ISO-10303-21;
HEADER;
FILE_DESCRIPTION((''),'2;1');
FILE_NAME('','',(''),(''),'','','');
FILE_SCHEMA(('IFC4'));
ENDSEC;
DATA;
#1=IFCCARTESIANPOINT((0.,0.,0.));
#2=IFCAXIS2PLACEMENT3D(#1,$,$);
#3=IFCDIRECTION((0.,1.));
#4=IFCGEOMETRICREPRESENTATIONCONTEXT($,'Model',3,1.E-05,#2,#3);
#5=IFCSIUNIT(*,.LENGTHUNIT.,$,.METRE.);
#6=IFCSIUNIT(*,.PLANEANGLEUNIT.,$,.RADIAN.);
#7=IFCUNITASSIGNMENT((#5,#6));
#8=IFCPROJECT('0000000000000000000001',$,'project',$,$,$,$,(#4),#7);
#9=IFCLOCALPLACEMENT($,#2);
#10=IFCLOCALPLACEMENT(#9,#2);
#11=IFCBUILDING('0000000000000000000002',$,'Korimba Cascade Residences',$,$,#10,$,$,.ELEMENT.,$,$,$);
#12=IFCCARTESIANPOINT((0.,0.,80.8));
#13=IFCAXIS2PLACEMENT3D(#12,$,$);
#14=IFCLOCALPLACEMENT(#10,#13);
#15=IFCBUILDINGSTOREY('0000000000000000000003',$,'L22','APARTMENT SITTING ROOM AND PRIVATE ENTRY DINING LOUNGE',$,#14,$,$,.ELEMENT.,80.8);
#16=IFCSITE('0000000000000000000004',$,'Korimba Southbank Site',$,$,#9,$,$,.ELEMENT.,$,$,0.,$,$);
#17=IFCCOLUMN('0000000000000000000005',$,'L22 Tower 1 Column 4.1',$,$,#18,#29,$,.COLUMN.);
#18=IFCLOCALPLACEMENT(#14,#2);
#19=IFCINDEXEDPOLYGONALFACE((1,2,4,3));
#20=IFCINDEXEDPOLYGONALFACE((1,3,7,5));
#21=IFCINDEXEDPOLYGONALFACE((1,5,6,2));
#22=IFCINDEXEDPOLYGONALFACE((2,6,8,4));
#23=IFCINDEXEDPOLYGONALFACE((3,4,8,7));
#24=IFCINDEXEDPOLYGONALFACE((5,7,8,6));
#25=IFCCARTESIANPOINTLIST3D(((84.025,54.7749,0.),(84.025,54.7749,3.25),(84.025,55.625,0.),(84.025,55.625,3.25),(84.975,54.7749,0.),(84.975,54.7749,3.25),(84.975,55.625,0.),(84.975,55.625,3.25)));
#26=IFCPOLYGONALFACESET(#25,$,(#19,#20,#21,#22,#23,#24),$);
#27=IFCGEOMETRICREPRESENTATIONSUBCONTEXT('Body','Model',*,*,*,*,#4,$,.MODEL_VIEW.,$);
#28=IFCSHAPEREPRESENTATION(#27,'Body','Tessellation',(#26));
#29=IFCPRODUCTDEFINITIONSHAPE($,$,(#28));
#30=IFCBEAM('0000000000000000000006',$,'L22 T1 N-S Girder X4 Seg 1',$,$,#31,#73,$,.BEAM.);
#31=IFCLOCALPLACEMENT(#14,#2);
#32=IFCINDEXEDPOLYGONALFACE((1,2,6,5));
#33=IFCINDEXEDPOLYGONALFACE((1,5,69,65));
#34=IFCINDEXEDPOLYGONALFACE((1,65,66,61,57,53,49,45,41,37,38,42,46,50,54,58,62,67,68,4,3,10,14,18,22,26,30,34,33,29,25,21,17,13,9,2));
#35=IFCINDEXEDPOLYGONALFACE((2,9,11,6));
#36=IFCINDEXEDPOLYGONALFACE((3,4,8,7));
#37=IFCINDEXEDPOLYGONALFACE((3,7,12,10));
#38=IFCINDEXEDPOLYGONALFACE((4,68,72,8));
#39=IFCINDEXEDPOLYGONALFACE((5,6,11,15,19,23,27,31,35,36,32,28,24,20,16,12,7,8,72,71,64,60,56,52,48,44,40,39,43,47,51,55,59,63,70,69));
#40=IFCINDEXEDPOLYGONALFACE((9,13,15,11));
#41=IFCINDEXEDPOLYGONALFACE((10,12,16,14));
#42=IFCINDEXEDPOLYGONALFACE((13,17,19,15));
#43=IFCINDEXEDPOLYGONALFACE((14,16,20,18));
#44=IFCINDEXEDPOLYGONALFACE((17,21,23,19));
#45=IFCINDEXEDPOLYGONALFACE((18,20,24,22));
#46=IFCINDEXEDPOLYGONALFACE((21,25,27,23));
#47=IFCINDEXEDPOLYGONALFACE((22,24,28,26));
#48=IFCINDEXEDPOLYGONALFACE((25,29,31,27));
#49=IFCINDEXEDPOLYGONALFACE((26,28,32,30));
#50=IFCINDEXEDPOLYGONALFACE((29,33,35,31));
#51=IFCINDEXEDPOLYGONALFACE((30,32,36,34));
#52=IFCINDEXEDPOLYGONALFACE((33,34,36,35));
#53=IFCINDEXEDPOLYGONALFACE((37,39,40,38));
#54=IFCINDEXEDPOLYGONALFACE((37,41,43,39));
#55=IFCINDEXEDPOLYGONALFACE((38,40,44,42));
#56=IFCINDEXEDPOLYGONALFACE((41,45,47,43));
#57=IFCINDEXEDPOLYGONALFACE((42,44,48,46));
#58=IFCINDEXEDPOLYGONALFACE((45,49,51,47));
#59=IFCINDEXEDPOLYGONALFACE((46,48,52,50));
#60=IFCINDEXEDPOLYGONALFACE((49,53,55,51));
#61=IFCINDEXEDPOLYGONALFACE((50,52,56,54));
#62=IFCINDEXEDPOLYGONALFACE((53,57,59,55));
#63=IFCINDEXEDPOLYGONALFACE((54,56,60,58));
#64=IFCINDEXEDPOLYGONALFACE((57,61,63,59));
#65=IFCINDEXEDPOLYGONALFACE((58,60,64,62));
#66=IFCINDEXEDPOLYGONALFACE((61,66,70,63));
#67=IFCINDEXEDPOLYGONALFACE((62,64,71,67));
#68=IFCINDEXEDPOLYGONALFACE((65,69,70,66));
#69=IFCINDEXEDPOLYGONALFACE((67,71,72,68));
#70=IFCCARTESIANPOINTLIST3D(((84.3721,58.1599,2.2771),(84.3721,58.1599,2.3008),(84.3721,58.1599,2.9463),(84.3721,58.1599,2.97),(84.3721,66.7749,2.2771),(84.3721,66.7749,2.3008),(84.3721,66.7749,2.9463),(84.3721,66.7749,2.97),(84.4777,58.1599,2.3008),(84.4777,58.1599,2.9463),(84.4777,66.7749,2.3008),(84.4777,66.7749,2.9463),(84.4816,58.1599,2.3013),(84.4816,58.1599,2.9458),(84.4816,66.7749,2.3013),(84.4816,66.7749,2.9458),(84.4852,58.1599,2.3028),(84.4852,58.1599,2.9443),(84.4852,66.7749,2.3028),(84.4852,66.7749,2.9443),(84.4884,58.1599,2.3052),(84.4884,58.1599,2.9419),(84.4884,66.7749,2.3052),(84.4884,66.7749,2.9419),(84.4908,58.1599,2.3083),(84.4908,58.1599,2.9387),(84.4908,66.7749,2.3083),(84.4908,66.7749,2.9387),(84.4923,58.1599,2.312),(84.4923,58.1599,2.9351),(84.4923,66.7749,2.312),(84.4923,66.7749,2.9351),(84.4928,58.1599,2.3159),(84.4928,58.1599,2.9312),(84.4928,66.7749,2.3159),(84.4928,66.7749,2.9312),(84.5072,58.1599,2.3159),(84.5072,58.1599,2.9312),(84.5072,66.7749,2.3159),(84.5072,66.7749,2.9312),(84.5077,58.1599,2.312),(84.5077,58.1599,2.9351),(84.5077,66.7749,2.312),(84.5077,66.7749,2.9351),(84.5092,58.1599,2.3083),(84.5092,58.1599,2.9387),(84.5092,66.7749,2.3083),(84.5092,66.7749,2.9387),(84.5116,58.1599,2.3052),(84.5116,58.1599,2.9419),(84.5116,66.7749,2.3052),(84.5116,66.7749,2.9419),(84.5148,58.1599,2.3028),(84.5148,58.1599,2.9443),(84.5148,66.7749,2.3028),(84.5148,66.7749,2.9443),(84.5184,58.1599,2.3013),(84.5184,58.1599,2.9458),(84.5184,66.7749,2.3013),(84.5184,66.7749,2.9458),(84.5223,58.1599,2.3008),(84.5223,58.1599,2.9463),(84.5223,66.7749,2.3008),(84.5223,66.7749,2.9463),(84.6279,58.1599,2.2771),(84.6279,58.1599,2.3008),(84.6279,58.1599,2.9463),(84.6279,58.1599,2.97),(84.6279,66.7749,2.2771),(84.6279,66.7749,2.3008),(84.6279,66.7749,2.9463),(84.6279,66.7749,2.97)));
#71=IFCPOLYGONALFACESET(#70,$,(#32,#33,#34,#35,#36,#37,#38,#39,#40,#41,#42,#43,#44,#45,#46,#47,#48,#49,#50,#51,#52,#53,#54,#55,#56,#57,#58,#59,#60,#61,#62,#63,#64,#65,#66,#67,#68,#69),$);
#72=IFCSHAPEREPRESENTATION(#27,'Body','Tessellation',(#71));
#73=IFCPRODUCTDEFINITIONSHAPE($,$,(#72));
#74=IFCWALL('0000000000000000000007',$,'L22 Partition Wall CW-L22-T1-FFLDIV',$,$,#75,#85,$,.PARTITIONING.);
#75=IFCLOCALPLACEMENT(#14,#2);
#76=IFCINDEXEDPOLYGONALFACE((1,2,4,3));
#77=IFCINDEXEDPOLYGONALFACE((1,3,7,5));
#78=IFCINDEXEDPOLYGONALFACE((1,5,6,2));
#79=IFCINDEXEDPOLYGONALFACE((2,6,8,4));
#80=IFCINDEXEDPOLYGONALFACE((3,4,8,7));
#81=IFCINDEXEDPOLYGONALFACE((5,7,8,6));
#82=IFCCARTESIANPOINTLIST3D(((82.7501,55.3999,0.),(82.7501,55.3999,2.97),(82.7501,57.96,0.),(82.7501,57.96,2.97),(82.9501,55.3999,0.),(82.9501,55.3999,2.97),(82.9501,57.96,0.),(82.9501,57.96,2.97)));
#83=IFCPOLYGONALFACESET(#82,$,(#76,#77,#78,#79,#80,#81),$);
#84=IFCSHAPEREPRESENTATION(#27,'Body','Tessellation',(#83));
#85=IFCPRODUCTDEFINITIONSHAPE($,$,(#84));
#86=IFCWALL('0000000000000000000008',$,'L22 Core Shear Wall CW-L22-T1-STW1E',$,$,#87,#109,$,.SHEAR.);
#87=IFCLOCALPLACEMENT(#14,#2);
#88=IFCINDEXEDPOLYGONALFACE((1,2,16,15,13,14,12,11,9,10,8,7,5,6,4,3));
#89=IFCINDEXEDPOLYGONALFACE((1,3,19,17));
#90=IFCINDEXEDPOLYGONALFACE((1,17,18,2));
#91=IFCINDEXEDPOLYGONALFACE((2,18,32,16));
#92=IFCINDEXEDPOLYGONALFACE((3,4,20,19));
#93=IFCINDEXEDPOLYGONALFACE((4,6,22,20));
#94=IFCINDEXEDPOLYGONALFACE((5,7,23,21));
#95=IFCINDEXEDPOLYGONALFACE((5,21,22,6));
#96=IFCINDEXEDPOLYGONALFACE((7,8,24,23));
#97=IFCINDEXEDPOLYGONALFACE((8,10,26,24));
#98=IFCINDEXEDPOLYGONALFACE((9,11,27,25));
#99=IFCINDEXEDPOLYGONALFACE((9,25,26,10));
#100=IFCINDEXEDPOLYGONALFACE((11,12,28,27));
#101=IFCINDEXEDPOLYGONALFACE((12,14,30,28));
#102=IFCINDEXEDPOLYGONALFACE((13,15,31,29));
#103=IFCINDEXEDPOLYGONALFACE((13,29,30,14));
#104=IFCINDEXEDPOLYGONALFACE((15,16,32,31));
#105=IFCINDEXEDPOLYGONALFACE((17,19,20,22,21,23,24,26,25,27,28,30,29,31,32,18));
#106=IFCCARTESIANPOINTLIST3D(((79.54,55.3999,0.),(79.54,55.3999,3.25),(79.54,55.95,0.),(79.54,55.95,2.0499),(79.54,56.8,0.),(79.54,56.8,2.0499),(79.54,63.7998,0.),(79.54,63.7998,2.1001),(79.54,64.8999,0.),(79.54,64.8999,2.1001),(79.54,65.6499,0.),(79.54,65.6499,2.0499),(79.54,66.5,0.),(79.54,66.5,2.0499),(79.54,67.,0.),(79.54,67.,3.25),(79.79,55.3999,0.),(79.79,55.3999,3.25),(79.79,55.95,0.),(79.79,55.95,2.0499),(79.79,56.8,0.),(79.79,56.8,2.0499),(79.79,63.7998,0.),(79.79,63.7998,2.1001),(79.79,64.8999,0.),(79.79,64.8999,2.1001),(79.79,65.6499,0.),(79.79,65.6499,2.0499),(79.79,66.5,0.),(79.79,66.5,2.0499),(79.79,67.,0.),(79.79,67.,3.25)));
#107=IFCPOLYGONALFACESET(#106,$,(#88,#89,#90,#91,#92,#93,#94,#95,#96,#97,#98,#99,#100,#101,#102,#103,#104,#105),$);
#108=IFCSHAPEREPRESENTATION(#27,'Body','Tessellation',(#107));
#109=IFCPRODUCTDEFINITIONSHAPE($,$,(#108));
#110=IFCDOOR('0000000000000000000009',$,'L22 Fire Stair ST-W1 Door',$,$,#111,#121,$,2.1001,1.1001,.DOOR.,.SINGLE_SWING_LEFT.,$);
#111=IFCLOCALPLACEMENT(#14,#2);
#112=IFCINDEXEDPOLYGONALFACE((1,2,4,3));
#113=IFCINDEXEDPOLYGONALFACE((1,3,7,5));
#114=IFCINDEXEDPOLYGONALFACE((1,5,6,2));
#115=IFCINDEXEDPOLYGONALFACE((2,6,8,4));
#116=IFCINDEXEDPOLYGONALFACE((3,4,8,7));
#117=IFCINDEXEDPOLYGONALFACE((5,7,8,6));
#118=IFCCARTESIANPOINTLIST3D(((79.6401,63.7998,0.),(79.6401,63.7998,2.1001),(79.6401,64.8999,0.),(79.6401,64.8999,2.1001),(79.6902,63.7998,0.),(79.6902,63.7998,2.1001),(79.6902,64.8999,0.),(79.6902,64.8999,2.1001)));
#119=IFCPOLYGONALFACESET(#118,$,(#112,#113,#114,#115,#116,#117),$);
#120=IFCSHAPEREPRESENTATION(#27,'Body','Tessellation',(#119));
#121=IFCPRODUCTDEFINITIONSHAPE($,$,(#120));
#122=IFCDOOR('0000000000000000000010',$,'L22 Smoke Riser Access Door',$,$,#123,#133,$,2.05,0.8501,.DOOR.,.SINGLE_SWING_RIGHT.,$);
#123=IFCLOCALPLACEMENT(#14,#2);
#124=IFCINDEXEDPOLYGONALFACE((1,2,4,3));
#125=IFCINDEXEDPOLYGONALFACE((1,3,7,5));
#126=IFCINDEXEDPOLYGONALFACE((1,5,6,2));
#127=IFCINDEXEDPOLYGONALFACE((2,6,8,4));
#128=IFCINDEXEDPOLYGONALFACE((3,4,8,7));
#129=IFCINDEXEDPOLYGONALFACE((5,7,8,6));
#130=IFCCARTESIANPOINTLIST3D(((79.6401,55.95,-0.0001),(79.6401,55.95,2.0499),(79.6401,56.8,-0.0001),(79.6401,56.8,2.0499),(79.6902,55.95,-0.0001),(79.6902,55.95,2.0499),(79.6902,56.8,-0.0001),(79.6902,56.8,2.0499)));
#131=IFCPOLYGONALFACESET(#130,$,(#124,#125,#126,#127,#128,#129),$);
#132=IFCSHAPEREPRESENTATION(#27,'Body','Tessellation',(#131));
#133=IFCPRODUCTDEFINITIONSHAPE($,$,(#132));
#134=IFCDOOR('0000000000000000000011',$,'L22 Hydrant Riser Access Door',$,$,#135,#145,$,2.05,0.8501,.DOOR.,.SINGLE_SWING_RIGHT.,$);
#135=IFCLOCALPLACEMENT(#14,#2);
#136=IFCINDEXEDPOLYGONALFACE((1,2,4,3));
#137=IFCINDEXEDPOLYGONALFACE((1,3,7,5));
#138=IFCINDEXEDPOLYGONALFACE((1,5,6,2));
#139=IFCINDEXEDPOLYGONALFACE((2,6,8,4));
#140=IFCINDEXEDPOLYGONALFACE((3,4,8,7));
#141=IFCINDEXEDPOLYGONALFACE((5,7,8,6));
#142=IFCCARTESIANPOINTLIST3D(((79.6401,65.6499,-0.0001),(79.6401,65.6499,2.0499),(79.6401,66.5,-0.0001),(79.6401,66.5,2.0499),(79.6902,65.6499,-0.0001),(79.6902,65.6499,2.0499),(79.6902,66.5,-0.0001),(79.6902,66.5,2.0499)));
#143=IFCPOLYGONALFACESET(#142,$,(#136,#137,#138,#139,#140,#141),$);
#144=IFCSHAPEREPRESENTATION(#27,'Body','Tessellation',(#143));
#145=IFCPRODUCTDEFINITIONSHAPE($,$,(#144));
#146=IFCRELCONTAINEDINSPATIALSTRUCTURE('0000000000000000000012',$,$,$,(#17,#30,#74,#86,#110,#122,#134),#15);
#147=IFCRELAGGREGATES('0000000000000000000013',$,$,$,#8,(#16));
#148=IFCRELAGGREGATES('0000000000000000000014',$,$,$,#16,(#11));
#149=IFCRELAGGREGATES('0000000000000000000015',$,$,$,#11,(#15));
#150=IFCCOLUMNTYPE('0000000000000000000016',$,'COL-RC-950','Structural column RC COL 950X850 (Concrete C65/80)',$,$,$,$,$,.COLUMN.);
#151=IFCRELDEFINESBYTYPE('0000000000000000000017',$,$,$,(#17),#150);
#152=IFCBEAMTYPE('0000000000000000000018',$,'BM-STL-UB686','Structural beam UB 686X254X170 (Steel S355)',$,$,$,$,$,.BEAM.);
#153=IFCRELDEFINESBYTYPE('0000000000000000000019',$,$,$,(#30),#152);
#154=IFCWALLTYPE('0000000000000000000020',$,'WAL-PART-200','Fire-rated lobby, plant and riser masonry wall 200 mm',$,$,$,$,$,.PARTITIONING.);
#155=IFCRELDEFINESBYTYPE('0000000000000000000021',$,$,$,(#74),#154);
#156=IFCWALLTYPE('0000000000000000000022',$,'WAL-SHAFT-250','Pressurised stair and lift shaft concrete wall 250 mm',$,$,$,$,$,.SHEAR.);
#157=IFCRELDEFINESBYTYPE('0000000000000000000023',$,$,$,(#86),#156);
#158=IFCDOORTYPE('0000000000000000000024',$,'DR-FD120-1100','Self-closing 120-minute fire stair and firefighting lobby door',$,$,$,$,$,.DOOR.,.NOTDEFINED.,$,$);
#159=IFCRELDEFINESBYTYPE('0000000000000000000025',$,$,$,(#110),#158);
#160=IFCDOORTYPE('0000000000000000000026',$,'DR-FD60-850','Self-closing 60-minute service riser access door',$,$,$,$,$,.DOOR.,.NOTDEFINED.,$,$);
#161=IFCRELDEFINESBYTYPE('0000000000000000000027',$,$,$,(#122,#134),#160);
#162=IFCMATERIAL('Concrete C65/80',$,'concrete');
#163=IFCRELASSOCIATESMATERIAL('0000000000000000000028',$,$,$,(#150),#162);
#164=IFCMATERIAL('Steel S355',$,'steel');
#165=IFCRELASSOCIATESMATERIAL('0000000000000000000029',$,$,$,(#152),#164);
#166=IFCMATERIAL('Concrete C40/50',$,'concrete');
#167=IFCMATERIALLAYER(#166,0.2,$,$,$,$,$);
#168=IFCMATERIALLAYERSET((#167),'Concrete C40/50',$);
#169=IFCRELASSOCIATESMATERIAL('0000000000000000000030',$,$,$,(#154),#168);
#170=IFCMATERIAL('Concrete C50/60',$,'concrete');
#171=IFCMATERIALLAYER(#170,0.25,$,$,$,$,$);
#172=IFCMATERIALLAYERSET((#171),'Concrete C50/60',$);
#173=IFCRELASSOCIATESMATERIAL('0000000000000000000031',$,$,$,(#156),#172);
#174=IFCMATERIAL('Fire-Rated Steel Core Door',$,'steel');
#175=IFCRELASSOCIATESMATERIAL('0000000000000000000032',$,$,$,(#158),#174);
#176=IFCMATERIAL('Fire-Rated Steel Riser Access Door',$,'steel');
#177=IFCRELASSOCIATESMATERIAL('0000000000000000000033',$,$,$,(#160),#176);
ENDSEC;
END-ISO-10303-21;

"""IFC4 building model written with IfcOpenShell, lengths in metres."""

from ifc_helpers import new_model, si_unit, direction, frame, frame_2d, origin, origin_2d, place, context, subcontext, project, spatial, rectangle, i_section, extrude, material, layer, layer_set, material_profile, profile_set, type_object, element, fill, save


model = new_model("IFC4")

# Units and contexts
model_context = context("Model", 3, precision=1e-05, world=origin(), true_north=direction((0.0, 1.0)))
body_context = subcontext(model_context, "Body", "Model", "MODEL_VIEW")
ifc_project = project(units=[si_unit("LENGTHUNIT", "METRE"), si_unit("PLANEANGLEUNIT", "RADIAN")], contexts=[model_context])

# Site, building, storey
site_placement = place(None, origin())
site = spatial("IfcSite", under=ifc_project, at=site_placement, Name="Korimba Southbank Site", CompositionType="ELEMENT", RefElevation=0.0)
building_placement = place(site_placement, origin())
building = spatial("IfcBuilding", under=site, at=building_placement, Name="Korimba Cascade Residences", CompositionType="ELEMENT")
storey_placement = place(building_placement, frame((0.0, 0.0, 80.8)))
storey = spatial("IfcBuildingStorey", under=building, at=storey_placement, Name="L22", Description="APARTMENT SITTING ROOM AND PRIVATE ENTRY DINING LOUNGE", CompositionType="ELEMENT", Elevation=80.8)

# Column
ifc_material_1 = material(Name="Concrete C65/80", Category="concrete")
ifc_material_profile_1 = material_profile(ifc_material_1, rectangle(XDim=0.95, YDim=0.8501, at=origin_2d()), Name="Concrete C65/80")
ifc_profile_set_1 = profile_set([ifc_material_profile_1], Name="Concrete C65/80")
column_type = type_object("IfcColumnType", Name="COL-RC-950", Description="Structural column RC COL 950X850 (Concrete C65/80)", PredefinedType="COLUMN", material=ifc_profile_set_1)
column_placement = place(storey_placement, frame((84.5, 55.2, 0.0), z_axis=(0.0, 0.0, 1.0), x_axis=(1.0, 0.0, 0.0)))
element("IfcColumn", 1, at=column_placement, inside=storey, type_object=column_type, Name="L22 Tower 1 Column 4.1", PredefinedType="COLUMN", context=body_context, shape_type="SweptSolid", body=[
    extrude(rectangle(XDim=0.95, YDim=0.8501, at=origin_2d()), origin(), (0.0, 0.0, 1.0), 3.25),
])

# Beam
ifc_material_2 = material(Name="Steel S355", Category="steel")
ifc_material_profile_2 = material_profile(ifc_material_2, i_section(OverallWidth=0.2559, OverallDepth=0.6929, WebThickness=0.0144, FlangeThickness=0.0237, FilletRadius=0.0151, at=origin_2d()), Name="Steel S355")
ifc_profile_set_2 = profile_set([ifc_material_profile_2], Name="Steel S355")
beam_type = type_object("IfcBeamType", Name="BM-STL-UB686", Description="Structural beam UB 686X254X170 (Steel S355)", PredefinedType="BEAM", material=ifc_profile_set_2)
beam_placement = place(storey_placement, frame((84.5, 58.1599, 2.6235), z_axis=(0.0, 1.0, 0.0), x_axis=(-1.0, 0.0, 0.0)))
element("IfcBeam", 2, at=beam_placement, inside=storey, type_object=beam_type, Name="L22 T1 N-S Girder X4 Seg 1", PredefinedType="BEAM", context=body_context, shape_type="SweptSolid", body=[
    extrude(i_section(OverallWidth=0.2559, OverallDepth=0.6929, WebThickness=0.0144, FlangeThickness=0.0237, FilletRadius=0.0151, at=origin_2d()), origin(), (0.0, 0.0, 1.0), 8.615),
])

# Wall
ifc_material_3 = material(Name="Concrete C40/50", Category="concrete")
ifc_layer_1 = layer(ifc_material_3, 0.2)
ifc_layer_set_1 = layer_set([ifc_layer_1], Name="Concrete C40/50")
wall_type_1 = type_object("IfcWallType", Name="WAL-PART-200", Description="Fire-rated lobby, plant and riser masonry wall 200 mm", PredefinedType="PARTITIONING", material=ifc_layer_set_1)
wall_1_placement = place(storey_placement, frame((82.8501, 55.3999, 0.0), z_axis=(0.0, 0.0, 1.0), x_axis=(0.0, 1.0, 0.0)))
element("IfcWall", 3, at=wall_1_placement, inside=storey, type_object=wall_type_1, Name="L22 Partition Wall CW-L22-T1-FFLDIV", PredefinedType="PARTITIONING", context=body_context, shape_type="SweptSolid", body=[
    extrude(rectangle(XDim=2.5601, YDim=0.2, at=frame_2d((1.28, 0.0))), origin(), (0.0, 0.0, 1.0), 2.97),
])

# Wall, openings, doors
ifc_material_4 = material(Name="Concrete C50/60", Category="concrete")
ifc_layer_2 = layer(ifc_material_4, 0.25)
ifc_layer_set_2 = layer_set([ifc_layer_2], Name="Concrete C50/60")
wall_type_2 = type_object("IfcWallType", Name="WAL-SHAFT-250", Description="Pressurised stair and lift shaft concrete wall 250 mm", PredefinedType="SHEAR", material=ifc_layer_set_2)
wall_2_placement = place(storey_placement, frame((79.665, 55.3999, 0.0), z_axis=(0.0, 0.0, 1.0), x_axis=(0.0, 1.0, 0.0)))
wall_2 = element("IfcWall", 4, at=wall_2_placement, inside=storey, type_object=wall_type_2, Name="L22 Core Shear Wall CW-L22-T1-STW1E", PredefinedType="SHEAR", context=body_context, shape_type="SweptSolid", body=[
    extrude(rectangle(XDim=11.6001, YDim=0.25, at=frame_2d((5.8, 0.0))), origin(), (0.0, 0.0, 1.0), 3.25),
])
opening_1_placement = place(wall_2_placement, frame((0.55, 0.0, 0.0)))
opening_1 = element("IfcOpeningElement", 5, at=opening_1_placement, cuts=wall_2, PredefinedType="OPENING", context=body_context, shape_type="SweptSolid", body=[
    extrude(rectangle(XDim=0.8501, YDim=2.05, at=frame_2d((0.425, 1.0249))), frame((0.0, 0.135, 0.0), z_axis=(0.0, -1.0, 0.0), x_axis=(1.0, 0.0, 0.0)), (0.0, 0.0, 1.0), 0.27),
])
opening_2_placement = place(wall_2_placement, frame((8.3999, 0.0, 0.0)))
opening_2 = element("IfcOpeningElement", 6, at=opening_2_placement, cuts=wall_2, PredefinedType="OPENING", context=body_context, shape_type="SweptSolid", body=[
    extrude(rectangle(XDim=1.1001, YDim=2.1001, at=frame_2d((0.55, 1.05))), frame((0.0, 0.135, 0.0), z_axis=(0.0, -1.0, 0.0), x_axis=(1.0, 0.0, 0.0)), (0.0, 0.0, 1.0), 0.27),
])
opening_3_placement = place(wall_2_placement, frame((10.25, 0.0, 0.0)))
opening_3 = element("IfcOpeningElement", 7, at=opening_3_placement, cuts=wall_2, PredefinedType="OPENING", context=body_context, shape_type="SweptSolid", body=[
    extrude(rectangle(XDim=0.8501, YDim=2.05, at=frame_2d((0.425, 1.0249))), frame((0.0, 0.135, 0.0), z_axis=(0.0, -1.0, 0.0), x_axis=(1.0, 0.0, 0.0)), (0.0, 0.0, 1.0), 0.27),
])
ifc_material_5 = material(Name="Fire-Rated Steel Core Door", Category="steel")
door_type_1 = type_object("IfcDoorType", Name="DR-FD120-1100", Description="Self-closing 120-minute fire stair and firefighting lobby door", OperationType="NOTDEFINED", PredefinedType="DOOR", material=ifc_material_5)
door_1_placement = place(opening_2_placement, origin())
door_1 = element("IfcDoor", 8, at=door_1_placement, inside=storey, type_object=door_type_1, Name="L22 Fire Stair ST-W1 Door", OperationType="SINGLE_SWING_LEFT", OverallHeight=2.1001, OverallWidth=1.1001, PredefinedType="DOOR", context=body_context, shape_type="SweptSolid", body=[
    extrude(rectangle(XDim=1.1001, YDim=2.1001, at=frame_2d((0.55, 1.05))), frame((0.0, 0.0249, 0.0), z_axis=(0.0, -1.0, 0.0), x_axis=(1.0, 0.0, 0.0)), (0.0, 0.0, 1.0), 0.05),
])
fill(opening_2, door_1)
ifc_material_6 = material(Name="Fire-Rated Steel Riser Access Door", Category="steel")
door_type_2 = type_object("IfcDoorType", Name="DR-FD60-850", Description="Self-closing 60-minute service riser access door", OperationType="NOTDEFINED", PredefinedType="DOOR", material=ifc_material_6)
door_2_placement = place(opening_1_placement, origin())
door_2 = element("IfcDoor", 9, at=door_2_placement, inside=storey, type_object=door_type_2, Name="L22 Smoke Riser Access Door", OperationType="SINGLE_SWING_RIGHT", OverallHeight=2.05, OverallWidth=0.8501, PredefinedType="DOOR", context=body_context, shape_type="SweptSolid", body=[
    extrude(rectangle(XDim=0.8501, YDim=2.05, at=frame_2d((0.425, 1.0249))), frame((0.0, 0.0249, 0.0), z_axis=(0.0, -1.0, 0.0), x_axis=(1.0, 0.0, 0.0)), (0.0, 0.0, 1.0), 0.05),
])
fill(opening_1, door_2)
door_3_placement = place(opening_3_placement, origin())
door_3 = element("IfcDoor", 10, at=door_3_placement, inside=storey, type_object=door_type_2, Name="L22 Hydrant Riser Access Door", OperationType="SINGLE_SWING_RIGHT", OverallHeight=2.05, OverallWidth=0.8501, PredefinedType="DOOR", context=body_context, shape_type="SweptSolid", body=[
    extrude(rectangle(XDim=0.8501, YDim=2.05, at=frame_2d((0.425, 1.0249))), frame((0.0, 0.0249, 0.0), z_axis=(0.0, -1.0, 0.0), x_axis=(1.0, 0.0, 0.0)), (0.0, 0.0, 1.0), 0.05),
])
fill(opening_3, door_3)

save(model, "model.ifc")
